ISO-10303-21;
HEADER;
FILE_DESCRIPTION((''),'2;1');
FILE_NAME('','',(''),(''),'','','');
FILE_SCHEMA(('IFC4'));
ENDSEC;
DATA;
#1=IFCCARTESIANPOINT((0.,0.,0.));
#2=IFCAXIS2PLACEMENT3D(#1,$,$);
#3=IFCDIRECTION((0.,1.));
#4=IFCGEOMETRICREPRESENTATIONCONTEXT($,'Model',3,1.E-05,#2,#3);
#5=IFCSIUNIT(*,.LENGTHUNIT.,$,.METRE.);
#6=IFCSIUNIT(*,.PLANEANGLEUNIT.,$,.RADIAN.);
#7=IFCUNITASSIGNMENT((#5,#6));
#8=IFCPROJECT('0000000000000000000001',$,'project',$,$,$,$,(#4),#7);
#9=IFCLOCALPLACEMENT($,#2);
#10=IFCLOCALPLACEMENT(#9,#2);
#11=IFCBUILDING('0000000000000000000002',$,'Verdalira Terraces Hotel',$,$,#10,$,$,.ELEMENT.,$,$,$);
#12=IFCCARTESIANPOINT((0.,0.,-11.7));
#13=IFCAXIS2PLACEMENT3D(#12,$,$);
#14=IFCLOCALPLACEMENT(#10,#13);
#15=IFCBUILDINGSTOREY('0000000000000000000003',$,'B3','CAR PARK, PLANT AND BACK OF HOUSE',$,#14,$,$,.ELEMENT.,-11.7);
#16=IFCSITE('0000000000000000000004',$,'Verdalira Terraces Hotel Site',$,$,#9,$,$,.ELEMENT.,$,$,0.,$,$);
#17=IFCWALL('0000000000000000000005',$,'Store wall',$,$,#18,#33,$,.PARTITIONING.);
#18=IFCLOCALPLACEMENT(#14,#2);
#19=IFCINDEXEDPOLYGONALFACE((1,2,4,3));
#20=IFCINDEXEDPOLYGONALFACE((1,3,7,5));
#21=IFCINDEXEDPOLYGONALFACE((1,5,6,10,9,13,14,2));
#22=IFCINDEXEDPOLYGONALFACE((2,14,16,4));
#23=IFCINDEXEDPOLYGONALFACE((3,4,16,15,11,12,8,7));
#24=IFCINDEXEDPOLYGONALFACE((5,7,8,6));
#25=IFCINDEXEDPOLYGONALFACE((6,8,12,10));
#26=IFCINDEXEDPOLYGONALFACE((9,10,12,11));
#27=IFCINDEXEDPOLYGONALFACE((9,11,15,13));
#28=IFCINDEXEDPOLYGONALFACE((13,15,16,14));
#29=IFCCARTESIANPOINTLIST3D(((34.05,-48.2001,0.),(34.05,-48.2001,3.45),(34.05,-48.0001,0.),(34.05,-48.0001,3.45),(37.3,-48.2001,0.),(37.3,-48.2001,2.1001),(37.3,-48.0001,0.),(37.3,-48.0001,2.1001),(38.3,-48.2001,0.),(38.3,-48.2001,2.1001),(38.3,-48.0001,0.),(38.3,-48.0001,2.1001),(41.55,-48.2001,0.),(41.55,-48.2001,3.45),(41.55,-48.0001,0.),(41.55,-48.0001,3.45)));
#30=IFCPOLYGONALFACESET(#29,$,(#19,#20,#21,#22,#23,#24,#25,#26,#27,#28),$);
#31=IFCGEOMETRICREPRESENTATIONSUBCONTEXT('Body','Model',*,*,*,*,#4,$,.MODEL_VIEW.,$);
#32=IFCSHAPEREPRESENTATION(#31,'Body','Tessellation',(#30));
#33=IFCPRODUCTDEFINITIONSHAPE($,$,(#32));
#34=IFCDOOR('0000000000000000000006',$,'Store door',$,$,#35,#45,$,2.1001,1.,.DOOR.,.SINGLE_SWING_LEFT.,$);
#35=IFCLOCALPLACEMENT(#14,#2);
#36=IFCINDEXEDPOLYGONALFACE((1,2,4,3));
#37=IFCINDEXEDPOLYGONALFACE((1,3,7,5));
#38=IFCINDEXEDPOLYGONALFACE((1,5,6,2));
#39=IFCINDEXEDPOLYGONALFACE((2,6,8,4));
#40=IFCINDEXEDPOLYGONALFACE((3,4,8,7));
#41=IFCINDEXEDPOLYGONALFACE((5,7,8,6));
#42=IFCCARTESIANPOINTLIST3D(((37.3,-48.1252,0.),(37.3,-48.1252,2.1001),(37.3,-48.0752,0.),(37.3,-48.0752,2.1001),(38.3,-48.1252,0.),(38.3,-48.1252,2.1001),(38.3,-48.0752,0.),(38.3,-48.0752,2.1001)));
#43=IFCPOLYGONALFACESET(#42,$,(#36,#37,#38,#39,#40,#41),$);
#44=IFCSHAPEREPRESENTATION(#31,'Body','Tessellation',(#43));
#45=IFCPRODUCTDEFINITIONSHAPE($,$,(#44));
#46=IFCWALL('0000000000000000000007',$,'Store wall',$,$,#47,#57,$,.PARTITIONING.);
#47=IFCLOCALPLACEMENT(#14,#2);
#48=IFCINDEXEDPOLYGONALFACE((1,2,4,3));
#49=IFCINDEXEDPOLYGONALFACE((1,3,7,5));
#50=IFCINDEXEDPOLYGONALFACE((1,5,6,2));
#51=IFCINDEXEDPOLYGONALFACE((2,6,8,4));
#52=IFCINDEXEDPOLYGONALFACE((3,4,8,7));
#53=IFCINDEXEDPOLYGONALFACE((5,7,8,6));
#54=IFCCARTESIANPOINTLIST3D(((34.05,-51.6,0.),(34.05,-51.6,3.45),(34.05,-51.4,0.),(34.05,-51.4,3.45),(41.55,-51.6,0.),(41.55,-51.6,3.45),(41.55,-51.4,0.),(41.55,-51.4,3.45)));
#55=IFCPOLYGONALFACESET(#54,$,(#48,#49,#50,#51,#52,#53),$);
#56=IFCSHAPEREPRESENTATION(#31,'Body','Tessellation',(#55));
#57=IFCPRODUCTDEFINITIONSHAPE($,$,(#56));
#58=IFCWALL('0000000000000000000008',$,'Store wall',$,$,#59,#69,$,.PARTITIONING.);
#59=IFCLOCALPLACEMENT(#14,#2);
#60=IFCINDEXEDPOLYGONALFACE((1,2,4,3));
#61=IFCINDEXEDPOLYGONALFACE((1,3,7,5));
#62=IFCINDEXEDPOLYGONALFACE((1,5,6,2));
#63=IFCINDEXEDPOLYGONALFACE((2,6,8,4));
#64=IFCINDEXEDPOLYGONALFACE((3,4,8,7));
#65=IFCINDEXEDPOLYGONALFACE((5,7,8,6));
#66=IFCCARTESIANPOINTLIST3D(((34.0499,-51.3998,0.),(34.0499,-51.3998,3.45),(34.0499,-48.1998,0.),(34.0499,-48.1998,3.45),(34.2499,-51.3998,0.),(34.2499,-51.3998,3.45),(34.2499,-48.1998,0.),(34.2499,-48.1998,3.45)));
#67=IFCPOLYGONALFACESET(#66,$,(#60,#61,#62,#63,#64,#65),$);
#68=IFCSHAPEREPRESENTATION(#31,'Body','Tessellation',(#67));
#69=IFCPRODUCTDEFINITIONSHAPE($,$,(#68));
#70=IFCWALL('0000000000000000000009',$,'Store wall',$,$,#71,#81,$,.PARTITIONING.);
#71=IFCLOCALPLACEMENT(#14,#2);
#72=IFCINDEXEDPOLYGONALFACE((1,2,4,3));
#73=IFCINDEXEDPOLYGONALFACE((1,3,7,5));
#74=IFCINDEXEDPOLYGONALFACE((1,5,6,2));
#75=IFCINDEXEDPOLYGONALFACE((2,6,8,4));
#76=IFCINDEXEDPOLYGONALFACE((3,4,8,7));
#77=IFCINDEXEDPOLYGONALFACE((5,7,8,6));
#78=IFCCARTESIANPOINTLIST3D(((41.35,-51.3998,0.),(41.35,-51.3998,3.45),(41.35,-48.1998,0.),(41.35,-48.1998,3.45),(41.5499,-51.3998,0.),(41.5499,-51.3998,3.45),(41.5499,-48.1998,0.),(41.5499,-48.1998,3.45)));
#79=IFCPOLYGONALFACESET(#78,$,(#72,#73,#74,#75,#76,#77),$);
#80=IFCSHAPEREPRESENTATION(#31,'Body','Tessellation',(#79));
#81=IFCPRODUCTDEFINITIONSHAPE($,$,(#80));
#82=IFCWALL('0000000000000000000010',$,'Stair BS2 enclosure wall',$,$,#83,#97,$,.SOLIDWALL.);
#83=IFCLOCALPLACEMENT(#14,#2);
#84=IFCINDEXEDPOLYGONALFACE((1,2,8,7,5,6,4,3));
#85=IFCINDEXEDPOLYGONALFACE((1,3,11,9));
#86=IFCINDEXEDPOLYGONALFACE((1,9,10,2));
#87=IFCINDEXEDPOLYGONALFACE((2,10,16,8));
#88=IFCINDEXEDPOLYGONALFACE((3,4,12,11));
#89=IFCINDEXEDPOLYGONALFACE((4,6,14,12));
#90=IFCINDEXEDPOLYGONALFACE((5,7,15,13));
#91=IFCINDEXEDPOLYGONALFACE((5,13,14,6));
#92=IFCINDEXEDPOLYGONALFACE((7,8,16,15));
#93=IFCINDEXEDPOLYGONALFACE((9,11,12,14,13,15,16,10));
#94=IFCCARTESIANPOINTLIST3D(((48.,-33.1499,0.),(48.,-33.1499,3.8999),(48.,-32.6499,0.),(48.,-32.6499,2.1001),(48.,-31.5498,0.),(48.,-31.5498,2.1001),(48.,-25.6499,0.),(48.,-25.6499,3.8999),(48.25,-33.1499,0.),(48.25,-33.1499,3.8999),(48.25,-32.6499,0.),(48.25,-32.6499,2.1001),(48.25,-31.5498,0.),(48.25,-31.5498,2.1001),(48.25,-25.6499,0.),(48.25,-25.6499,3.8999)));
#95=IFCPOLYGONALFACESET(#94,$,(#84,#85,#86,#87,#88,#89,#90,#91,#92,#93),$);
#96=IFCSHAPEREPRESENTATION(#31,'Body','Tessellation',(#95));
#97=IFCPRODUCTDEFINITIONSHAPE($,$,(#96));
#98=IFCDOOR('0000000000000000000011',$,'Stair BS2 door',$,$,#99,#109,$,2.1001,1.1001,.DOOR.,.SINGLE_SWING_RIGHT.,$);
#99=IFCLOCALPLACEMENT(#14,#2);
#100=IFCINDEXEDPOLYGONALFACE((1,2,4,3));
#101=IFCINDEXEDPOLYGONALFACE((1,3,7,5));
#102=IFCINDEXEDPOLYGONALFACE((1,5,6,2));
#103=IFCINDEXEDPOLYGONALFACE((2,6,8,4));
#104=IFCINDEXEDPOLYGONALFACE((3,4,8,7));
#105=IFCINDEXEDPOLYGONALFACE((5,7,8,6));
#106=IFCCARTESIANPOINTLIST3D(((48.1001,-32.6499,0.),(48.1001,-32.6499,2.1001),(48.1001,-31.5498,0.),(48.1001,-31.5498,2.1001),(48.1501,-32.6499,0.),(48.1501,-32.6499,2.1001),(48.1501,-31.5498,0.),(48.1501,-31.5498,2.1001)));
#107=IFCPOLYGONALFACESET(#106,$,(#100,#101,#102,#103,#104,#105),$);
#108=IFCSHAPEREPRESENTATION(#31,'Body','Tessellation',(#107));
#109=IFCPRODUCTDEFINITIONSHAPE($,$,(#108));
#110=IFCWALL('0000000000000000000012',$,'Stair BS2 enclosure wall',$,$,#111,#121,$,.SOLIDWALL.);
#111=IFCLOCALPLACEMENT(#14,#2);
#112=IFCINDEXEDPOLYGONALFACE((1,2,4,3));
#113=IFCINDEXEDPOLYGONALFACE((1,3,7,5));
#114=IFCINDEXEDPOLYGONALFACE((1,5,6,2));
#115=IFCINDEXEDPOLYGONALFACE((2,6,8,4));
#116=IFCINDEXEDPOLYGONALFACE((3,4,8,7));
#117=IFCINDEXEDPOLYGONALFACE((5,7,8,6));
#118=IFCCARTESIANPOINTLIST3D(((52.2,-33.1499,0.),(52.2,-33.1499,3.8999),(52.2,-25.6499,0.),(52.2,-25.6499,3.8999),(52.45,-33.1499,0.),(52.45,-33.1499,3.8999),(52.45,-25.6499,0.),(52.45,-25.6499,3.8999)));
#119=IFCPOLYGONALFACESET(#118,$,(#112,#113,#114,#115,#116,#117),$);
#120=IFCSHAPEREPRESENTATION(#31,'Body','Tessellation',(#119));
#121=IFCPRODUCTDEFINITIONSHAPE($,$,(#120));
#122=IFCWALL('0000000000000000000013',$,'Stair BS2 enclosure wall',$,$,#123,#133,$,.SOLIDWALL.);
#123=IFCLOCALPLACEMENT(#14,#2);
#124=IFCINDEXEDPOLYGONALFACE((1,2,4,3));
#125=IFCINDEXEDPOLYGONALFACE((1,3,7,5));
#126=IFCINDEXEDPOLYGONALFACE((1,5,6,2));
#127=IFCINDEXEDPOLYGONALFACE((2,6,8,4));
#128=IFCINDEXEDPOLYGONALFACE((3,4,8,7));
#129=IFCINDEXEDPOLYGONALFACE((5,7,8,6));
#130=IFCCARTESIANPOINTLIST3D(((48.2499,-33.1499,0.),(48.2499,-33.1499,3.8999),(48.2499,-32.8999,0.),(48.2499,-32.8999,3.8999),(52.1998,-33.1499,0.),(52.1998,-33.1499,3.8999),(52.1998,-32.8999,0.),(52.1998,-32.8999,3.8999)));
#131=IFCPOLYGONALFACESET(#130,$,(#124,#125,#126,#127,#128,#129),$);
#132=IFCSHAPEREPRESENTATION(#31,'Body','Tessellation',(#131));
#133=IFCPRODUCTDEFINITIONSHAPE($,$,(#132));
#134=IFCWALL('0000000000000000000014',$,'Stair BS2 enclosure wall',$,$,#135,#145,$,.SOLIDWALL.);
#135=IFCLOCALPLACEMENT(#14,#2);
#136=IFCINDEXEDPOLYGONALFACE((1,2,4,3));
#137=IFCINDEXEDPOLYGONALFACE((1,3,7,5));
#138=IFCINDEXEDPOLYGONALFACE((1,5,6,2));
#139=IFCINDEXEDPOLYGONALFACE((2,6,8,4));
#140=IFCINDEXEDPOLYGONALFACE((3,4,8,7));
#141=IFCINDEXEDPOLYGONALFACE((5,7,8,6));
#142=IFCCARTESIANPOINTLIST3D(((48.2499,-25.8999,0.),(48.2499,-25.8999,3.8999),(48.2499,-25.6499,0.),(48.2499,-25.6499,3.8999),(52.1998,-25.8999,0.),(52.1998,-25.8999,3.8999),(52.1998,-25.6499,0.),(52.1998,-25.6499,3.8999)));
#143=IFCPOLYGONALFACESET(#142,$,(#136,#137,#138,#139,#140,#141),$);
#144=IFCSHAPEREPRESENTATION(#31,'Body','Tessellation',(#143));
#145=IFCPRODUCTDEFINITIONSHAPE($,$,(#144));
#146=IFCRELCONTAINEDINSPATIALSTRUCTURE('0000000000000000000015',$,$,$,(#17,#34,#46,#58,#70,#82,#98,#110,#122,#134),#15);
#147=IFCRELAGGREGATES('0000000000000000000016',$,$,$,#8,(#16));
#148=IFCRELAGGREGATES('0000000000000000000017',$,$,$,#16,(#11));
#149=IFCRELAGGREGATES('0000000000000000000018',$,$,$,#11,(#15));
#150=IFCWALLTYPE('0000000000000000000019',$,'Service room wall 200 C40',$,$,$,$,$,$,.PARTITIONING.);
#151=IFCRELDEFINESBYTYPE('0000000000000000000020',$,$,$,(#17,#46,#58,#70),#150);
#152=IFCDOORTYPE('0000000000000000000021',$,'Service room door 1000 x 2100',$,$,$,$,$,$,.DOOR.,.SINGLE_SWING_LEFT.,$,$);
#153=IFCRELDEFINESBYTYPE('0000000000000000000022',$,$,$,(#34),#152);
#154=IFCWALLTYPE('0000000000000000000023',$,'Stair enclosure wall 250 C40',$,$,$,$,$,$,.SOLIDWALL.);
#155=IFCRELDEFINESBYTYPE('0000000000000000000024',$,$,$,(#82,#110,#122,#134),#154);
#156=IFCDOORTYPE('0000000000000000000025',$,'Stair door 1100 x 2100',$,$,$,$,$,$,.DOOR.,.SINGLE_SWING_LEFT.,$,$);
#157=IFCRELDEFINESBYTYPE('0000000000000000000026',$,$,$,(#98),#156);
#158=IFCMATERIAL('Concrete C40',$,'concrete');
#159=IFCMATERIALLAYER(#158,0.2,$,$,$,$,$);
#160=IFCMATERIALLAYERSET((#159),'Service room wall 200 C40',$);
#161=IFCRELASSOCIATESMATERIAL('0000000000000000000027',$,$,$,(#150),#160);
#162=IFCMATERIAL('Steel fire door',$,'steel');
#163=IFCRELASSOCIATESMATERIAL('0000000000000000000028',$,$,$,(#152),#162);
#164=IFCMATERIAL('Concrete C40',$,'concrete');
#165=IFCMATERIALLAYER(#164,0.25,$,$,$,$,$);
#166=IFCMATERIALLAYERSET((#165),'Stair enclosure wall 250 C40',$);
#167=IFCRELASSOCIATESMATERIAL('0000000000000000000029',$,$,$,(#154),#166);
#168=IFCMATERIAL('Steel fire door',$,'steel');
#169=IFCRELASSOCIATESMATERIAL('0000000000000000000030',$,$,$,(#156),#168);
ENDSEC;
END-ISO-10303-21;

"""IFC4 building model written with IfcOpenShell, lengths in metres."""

from ifc_helpers import new_model, si_unit, direction, frame, frame_2d, origin, place, context, subcontext, project, spatial, rectangle, extrude, material, layer, layer_set, type_object, element, fill, save


model = new_model("IFC4")

# Units and contexts
model_context = context("Model", 3, precision=1e-05, world=origin(), true_north=direction((0.0, 1.0)))
body_context = subcontext(model_context, "Body", "Model", "MODEL_VIEW")
ifc_project = project(units=[si_unit("LENGTHUNIT", "METRE"), si_unit("PLANEANGLEUNIT", "RADIAN")], contexts=[model_context])

# Site, building, storey
site_placement = place(None, origin())
site = spatial("IfcSite", under=ifc_project, at=site_placement, Name="Verdalira Terraces Hotel Site", CompositionType="ELEMENT", RefElevation=0.0)
building_placement = place(site_placement, origin())
building = spatial("IfcBuilding", under=site, at=building_placement, Name="Verdalira Terraces Hotel", CompositionType="ELEMENT")
storey_placement = place(building_placement, frame((0.0, 0.0, -11.7)))
storey = spatial("IfcBuildingStorey", under=building, at=storey_placement, Name="B3", Description="CAR PARK, PLANT AND BACK OF HOUSE", CompositionType="ELEMENT", Elevation=-11.7)

# Wall, opening, door
ifc_material_1 = material(Name="Concrete C40", Category="concrete")
ifc_layer_1 = layer(ifc_material_1, 0.2)
ifc_layer_set_1 = layer_set([ifc_layer_1], Name="Service room wall 200 C40")
wall_type_1 = type_object("IfcWallType", Name="Service room wall 200 C40", PredefinedType="PARTITIONING", material=ifc_layer_set_1)
wall_1_placement = place(storey_placement, frame((34.05, -48.1001, 0.0), z_axis=(0.0, 0.0, 1.0), x_axis=(1.0, 0.0, 0.0)))
wall_1 = element("IfcWall", 1, at=wall_1_placement, inside=storey, type_object=wall_type_1, Name="Store wall", PredefinedType="PARTITIONING", context=body_context, shape_type="SweptSolid", body=[
    extrude(rectangle(XDim=7.5, YDim=0.2, at=frame_2d((3.75, 0.0))), origin(), (0.0, 0.0, 1.0), 3.45),
])
opening_1_placement = place(wall_1_placement, frame((3.25, 0.0, 0.0)))
opening_1 = element("IfcOpeningElement", 2, at=opening_1_placement, cuts=wall_1, PredefinedType="OPENING", context=body_context, shape_type="SweptSolid", body=[
    extrude(rectangle(XDim=1.0, YDim=2.1001, at=frame_2d((0.5, 1.05))), frame((0.0, 0.1099, 0.0), z_axis=(0.0, -1.0, 0.0), x_axis=(1.0, 0.0, 0.0)), (0.0, 0.0, 1.0), 0.22),
])
ifc_material_2 = material(Name="Steel fire door", Category="steel")
door_type_1 = type_object("IfcDoorType", Name="Service room door 1000 x 2100", OperationType="SINGLE_SWING_LEFT", PredefinedType="DOOR", material=ifc_material_2)
door_1_placement = place(opening_1_placement, origin())
door_1 = element("IfcDoor", 3, at=door_1_placement, inside=storey, type_object=door_type_1, Name="Store door", OperationType="SINGLE_SWING_LEFT", OverallHeight=2.1001, OverallWidth=1.0, PredefinedType="DOOR", context=body_context, shape_type="SweptSolid", body=[
    extrude(rectangle(XDim=1.0, YDim=2.1001, at=frame_2d((0.5, 1.05))), frame((0.0, 0.0249, 0.0), z_axis=(0.0, -1.0, 0.0), x_axis=(1.0, 0.0, 0.0)), (0.0, 0.0, 1.0), 0.05),
])
fill(opening_1, door_1)

# Walls
wall_2_placement = place(storey_placement, frame((34.05, -51.5, 0.0), z_axis=(0.0, 0.0, 1.0), x_axis=(1.0, 0.0, 0.0)))
element("IfcWall", 4, at=wall_2_placement, inside=storey, type_object=wall_type_1, Name="Store wall", PredefinedType="PARTITIONING", context=body_context, shape_type="SweptSolid", body=[
    extrude(rectangle(XDim=7.5, YDim=0.2, at=frame_2d((3.75, 0.0))), origin(), (0.0, 0.0, 1.0), 3.45),
])
for number, where, z_axis, x_axis, name in (
    (5, (34.1499, -51.3999, 0.0), (0.0, 0.0, 1.0), (0.0, 1.0, 0.0), "Store wall"),
    (6, (41.45, -51.3999, 0.0), (0.0, 0.0, 1.0), (0.0, 1.0, 0.0), "Store wall"),
):
    element("IfcWall", number, at=place(storey_placement, frame(where, z_axis=z_axis, x_axis=x_axis)), inside=storey, type_object=wall_type_1, Name=name, PredefinedType="PARTITIONING", context=body_context, shape_type="SweptSolid", body=[
        extrude(rectangle(XDim=3.2, YDim=0.2, at=frame_2d((1.6001, 0.0))), origin(), (0.0, 0.0, 1.0), 3.45),
    ])

# Wall, opening, door
ifc_material_3 = material(Name="Concrete C40", Category="concrete")
ifc_layer_2 = layer(ifc_material_3, 0.25)
ifc_layer_set_2 = layer_set([ifc_layer_2], Name="Stair enclosure wall 250 C40")
wall_type_2 = type_object("IfcWallType", Name="Stair enclosure wall 250 C40", PredefinedType="SOLIDWALL", material=ifc_layer_set_2)
wall_3_placement = place(storey_placement, frame((48.125, -33.1499, 0.0), z_axis=(0.0, 0.0, 1.0), x_axis=(0.0, 1.0, 0.0)))
wall_3 = element("IfcWall", 7, at=wall_3_placement, inside=storey, type_object=wall_type_2, Name="Stair BS2 enclosure wall", PredefinedType="SOLIDWALL", context=body_context, shape_type="SweptSolid", body=[
    extrude(rectangle(XDim=7.5, YDim=0.25, at=frame_2d((3.75, 0.0))), origin(), (0.0, 0.0, 1.0), 3.8999),
])
opening_2_placement = place(wall_3_placement, frame((0.5, 0.0, 0.0)))
opening_2 = element("IfcOpeningElement", 8, at=opening_2_placement, cuts=wall_3, PredefinedType="OPENING", context=body_context, shape_type="SweptSolid", body=[
    extrude(rectangle(XDim=1.1001, YDim=2.1001, at=frame_2d((0.55, 1.05))), frame((0.0, 0.135, 0.0), z_axis=(0.0, -1.0, 0.0), x_axis=(1.0, 0.0, 0.0)), (0.0, 0.0, 1.0), 0.27),
])
ifc_material_4 = material(Name="Steel fire door", Category="steel")
door_type_2 = type_object("IfcDoorType", Name="Stair door 1100 x 2100", OperationType="SINGLE_SWING_LEFT", PredefinedType="DOOR", material=ifc_material_4)
door_2_placement = place(opening_2_placement, origin())
door_2 = element("IfcDoor", 9, at=door_2_placement, inside=storey, type_object=door_type_2, Name="Stair BS2 door", OperationType="SINGLE_SWING_RIGHT", OverallHeight=2.1001, OverallWidth=1.1001, PredefinedType="DOOR", context=body_context, shape_type="SweptSolid", body=[
    extrude(rectangle(XDim=1.1001, YDim=2.1001, at=frame_2d((0.55, 1.05))), frame((0.0, 0.0249, 0.0), z_axis=(0.0, -1.0, 0.0), x_axis=(1.0, 0.0, 0.0)), (0.0, 0.0, 1.0), 0.05),
])
fill(opening_2, door_2)

# Walls
wall_4_placement = place(storey_placement, frame((52.325, -33.1499, 0.0), z_axis=(0.0, 0.0, 1.0), x_axis=(0.0, 1.0, 0.0)))
element("IfcWall", 10, at=wall_4_placement, inside=storey, type_object=wall_type_2, Name="Stair BS2 enclosure wall", PredefinedType="SOLIDWALL", context=body_context, shape_type="SweptSolid", body=[
    extrude(rectangle(XDim=7.5, YDim=0.25, at=frame_2d((3.75, 0.0))), origin(), (0.0, 0.0, 1.0), 3.8999),
])
for number, where, z_axis, x_axis, name in (
    (11, (52.2, -33.0249, 0.0), (0.0, 0.0, 1.0), (-1.0, 0.0, 0.0), "Stair BS2 enclosure wall"),
    (12, (52.2, -25.7749, 0.0), (0.0, 0.0, 1.0), (-1.0, 0.0, 0.0), "Stair BS2 enclosure wall"),
):
    element("IfcWall", number, at=place(storey_placement, frame(where, z_axis=z_axis, x_axis=x_axis)), inside=storey, type_object=wall_type_2, Name=name, PredefinedType="SOLIDWALL", context=body_context, shape_type="SweptSolid", body=[
        extrude(rectangle(XDim=3.95, YDim=0.25, at=frame_2d((1.9751, 0.0))), origin(), (0.0, 0.0, 1.0), 3.8999),
    ])

save(model, "model.ifc")
